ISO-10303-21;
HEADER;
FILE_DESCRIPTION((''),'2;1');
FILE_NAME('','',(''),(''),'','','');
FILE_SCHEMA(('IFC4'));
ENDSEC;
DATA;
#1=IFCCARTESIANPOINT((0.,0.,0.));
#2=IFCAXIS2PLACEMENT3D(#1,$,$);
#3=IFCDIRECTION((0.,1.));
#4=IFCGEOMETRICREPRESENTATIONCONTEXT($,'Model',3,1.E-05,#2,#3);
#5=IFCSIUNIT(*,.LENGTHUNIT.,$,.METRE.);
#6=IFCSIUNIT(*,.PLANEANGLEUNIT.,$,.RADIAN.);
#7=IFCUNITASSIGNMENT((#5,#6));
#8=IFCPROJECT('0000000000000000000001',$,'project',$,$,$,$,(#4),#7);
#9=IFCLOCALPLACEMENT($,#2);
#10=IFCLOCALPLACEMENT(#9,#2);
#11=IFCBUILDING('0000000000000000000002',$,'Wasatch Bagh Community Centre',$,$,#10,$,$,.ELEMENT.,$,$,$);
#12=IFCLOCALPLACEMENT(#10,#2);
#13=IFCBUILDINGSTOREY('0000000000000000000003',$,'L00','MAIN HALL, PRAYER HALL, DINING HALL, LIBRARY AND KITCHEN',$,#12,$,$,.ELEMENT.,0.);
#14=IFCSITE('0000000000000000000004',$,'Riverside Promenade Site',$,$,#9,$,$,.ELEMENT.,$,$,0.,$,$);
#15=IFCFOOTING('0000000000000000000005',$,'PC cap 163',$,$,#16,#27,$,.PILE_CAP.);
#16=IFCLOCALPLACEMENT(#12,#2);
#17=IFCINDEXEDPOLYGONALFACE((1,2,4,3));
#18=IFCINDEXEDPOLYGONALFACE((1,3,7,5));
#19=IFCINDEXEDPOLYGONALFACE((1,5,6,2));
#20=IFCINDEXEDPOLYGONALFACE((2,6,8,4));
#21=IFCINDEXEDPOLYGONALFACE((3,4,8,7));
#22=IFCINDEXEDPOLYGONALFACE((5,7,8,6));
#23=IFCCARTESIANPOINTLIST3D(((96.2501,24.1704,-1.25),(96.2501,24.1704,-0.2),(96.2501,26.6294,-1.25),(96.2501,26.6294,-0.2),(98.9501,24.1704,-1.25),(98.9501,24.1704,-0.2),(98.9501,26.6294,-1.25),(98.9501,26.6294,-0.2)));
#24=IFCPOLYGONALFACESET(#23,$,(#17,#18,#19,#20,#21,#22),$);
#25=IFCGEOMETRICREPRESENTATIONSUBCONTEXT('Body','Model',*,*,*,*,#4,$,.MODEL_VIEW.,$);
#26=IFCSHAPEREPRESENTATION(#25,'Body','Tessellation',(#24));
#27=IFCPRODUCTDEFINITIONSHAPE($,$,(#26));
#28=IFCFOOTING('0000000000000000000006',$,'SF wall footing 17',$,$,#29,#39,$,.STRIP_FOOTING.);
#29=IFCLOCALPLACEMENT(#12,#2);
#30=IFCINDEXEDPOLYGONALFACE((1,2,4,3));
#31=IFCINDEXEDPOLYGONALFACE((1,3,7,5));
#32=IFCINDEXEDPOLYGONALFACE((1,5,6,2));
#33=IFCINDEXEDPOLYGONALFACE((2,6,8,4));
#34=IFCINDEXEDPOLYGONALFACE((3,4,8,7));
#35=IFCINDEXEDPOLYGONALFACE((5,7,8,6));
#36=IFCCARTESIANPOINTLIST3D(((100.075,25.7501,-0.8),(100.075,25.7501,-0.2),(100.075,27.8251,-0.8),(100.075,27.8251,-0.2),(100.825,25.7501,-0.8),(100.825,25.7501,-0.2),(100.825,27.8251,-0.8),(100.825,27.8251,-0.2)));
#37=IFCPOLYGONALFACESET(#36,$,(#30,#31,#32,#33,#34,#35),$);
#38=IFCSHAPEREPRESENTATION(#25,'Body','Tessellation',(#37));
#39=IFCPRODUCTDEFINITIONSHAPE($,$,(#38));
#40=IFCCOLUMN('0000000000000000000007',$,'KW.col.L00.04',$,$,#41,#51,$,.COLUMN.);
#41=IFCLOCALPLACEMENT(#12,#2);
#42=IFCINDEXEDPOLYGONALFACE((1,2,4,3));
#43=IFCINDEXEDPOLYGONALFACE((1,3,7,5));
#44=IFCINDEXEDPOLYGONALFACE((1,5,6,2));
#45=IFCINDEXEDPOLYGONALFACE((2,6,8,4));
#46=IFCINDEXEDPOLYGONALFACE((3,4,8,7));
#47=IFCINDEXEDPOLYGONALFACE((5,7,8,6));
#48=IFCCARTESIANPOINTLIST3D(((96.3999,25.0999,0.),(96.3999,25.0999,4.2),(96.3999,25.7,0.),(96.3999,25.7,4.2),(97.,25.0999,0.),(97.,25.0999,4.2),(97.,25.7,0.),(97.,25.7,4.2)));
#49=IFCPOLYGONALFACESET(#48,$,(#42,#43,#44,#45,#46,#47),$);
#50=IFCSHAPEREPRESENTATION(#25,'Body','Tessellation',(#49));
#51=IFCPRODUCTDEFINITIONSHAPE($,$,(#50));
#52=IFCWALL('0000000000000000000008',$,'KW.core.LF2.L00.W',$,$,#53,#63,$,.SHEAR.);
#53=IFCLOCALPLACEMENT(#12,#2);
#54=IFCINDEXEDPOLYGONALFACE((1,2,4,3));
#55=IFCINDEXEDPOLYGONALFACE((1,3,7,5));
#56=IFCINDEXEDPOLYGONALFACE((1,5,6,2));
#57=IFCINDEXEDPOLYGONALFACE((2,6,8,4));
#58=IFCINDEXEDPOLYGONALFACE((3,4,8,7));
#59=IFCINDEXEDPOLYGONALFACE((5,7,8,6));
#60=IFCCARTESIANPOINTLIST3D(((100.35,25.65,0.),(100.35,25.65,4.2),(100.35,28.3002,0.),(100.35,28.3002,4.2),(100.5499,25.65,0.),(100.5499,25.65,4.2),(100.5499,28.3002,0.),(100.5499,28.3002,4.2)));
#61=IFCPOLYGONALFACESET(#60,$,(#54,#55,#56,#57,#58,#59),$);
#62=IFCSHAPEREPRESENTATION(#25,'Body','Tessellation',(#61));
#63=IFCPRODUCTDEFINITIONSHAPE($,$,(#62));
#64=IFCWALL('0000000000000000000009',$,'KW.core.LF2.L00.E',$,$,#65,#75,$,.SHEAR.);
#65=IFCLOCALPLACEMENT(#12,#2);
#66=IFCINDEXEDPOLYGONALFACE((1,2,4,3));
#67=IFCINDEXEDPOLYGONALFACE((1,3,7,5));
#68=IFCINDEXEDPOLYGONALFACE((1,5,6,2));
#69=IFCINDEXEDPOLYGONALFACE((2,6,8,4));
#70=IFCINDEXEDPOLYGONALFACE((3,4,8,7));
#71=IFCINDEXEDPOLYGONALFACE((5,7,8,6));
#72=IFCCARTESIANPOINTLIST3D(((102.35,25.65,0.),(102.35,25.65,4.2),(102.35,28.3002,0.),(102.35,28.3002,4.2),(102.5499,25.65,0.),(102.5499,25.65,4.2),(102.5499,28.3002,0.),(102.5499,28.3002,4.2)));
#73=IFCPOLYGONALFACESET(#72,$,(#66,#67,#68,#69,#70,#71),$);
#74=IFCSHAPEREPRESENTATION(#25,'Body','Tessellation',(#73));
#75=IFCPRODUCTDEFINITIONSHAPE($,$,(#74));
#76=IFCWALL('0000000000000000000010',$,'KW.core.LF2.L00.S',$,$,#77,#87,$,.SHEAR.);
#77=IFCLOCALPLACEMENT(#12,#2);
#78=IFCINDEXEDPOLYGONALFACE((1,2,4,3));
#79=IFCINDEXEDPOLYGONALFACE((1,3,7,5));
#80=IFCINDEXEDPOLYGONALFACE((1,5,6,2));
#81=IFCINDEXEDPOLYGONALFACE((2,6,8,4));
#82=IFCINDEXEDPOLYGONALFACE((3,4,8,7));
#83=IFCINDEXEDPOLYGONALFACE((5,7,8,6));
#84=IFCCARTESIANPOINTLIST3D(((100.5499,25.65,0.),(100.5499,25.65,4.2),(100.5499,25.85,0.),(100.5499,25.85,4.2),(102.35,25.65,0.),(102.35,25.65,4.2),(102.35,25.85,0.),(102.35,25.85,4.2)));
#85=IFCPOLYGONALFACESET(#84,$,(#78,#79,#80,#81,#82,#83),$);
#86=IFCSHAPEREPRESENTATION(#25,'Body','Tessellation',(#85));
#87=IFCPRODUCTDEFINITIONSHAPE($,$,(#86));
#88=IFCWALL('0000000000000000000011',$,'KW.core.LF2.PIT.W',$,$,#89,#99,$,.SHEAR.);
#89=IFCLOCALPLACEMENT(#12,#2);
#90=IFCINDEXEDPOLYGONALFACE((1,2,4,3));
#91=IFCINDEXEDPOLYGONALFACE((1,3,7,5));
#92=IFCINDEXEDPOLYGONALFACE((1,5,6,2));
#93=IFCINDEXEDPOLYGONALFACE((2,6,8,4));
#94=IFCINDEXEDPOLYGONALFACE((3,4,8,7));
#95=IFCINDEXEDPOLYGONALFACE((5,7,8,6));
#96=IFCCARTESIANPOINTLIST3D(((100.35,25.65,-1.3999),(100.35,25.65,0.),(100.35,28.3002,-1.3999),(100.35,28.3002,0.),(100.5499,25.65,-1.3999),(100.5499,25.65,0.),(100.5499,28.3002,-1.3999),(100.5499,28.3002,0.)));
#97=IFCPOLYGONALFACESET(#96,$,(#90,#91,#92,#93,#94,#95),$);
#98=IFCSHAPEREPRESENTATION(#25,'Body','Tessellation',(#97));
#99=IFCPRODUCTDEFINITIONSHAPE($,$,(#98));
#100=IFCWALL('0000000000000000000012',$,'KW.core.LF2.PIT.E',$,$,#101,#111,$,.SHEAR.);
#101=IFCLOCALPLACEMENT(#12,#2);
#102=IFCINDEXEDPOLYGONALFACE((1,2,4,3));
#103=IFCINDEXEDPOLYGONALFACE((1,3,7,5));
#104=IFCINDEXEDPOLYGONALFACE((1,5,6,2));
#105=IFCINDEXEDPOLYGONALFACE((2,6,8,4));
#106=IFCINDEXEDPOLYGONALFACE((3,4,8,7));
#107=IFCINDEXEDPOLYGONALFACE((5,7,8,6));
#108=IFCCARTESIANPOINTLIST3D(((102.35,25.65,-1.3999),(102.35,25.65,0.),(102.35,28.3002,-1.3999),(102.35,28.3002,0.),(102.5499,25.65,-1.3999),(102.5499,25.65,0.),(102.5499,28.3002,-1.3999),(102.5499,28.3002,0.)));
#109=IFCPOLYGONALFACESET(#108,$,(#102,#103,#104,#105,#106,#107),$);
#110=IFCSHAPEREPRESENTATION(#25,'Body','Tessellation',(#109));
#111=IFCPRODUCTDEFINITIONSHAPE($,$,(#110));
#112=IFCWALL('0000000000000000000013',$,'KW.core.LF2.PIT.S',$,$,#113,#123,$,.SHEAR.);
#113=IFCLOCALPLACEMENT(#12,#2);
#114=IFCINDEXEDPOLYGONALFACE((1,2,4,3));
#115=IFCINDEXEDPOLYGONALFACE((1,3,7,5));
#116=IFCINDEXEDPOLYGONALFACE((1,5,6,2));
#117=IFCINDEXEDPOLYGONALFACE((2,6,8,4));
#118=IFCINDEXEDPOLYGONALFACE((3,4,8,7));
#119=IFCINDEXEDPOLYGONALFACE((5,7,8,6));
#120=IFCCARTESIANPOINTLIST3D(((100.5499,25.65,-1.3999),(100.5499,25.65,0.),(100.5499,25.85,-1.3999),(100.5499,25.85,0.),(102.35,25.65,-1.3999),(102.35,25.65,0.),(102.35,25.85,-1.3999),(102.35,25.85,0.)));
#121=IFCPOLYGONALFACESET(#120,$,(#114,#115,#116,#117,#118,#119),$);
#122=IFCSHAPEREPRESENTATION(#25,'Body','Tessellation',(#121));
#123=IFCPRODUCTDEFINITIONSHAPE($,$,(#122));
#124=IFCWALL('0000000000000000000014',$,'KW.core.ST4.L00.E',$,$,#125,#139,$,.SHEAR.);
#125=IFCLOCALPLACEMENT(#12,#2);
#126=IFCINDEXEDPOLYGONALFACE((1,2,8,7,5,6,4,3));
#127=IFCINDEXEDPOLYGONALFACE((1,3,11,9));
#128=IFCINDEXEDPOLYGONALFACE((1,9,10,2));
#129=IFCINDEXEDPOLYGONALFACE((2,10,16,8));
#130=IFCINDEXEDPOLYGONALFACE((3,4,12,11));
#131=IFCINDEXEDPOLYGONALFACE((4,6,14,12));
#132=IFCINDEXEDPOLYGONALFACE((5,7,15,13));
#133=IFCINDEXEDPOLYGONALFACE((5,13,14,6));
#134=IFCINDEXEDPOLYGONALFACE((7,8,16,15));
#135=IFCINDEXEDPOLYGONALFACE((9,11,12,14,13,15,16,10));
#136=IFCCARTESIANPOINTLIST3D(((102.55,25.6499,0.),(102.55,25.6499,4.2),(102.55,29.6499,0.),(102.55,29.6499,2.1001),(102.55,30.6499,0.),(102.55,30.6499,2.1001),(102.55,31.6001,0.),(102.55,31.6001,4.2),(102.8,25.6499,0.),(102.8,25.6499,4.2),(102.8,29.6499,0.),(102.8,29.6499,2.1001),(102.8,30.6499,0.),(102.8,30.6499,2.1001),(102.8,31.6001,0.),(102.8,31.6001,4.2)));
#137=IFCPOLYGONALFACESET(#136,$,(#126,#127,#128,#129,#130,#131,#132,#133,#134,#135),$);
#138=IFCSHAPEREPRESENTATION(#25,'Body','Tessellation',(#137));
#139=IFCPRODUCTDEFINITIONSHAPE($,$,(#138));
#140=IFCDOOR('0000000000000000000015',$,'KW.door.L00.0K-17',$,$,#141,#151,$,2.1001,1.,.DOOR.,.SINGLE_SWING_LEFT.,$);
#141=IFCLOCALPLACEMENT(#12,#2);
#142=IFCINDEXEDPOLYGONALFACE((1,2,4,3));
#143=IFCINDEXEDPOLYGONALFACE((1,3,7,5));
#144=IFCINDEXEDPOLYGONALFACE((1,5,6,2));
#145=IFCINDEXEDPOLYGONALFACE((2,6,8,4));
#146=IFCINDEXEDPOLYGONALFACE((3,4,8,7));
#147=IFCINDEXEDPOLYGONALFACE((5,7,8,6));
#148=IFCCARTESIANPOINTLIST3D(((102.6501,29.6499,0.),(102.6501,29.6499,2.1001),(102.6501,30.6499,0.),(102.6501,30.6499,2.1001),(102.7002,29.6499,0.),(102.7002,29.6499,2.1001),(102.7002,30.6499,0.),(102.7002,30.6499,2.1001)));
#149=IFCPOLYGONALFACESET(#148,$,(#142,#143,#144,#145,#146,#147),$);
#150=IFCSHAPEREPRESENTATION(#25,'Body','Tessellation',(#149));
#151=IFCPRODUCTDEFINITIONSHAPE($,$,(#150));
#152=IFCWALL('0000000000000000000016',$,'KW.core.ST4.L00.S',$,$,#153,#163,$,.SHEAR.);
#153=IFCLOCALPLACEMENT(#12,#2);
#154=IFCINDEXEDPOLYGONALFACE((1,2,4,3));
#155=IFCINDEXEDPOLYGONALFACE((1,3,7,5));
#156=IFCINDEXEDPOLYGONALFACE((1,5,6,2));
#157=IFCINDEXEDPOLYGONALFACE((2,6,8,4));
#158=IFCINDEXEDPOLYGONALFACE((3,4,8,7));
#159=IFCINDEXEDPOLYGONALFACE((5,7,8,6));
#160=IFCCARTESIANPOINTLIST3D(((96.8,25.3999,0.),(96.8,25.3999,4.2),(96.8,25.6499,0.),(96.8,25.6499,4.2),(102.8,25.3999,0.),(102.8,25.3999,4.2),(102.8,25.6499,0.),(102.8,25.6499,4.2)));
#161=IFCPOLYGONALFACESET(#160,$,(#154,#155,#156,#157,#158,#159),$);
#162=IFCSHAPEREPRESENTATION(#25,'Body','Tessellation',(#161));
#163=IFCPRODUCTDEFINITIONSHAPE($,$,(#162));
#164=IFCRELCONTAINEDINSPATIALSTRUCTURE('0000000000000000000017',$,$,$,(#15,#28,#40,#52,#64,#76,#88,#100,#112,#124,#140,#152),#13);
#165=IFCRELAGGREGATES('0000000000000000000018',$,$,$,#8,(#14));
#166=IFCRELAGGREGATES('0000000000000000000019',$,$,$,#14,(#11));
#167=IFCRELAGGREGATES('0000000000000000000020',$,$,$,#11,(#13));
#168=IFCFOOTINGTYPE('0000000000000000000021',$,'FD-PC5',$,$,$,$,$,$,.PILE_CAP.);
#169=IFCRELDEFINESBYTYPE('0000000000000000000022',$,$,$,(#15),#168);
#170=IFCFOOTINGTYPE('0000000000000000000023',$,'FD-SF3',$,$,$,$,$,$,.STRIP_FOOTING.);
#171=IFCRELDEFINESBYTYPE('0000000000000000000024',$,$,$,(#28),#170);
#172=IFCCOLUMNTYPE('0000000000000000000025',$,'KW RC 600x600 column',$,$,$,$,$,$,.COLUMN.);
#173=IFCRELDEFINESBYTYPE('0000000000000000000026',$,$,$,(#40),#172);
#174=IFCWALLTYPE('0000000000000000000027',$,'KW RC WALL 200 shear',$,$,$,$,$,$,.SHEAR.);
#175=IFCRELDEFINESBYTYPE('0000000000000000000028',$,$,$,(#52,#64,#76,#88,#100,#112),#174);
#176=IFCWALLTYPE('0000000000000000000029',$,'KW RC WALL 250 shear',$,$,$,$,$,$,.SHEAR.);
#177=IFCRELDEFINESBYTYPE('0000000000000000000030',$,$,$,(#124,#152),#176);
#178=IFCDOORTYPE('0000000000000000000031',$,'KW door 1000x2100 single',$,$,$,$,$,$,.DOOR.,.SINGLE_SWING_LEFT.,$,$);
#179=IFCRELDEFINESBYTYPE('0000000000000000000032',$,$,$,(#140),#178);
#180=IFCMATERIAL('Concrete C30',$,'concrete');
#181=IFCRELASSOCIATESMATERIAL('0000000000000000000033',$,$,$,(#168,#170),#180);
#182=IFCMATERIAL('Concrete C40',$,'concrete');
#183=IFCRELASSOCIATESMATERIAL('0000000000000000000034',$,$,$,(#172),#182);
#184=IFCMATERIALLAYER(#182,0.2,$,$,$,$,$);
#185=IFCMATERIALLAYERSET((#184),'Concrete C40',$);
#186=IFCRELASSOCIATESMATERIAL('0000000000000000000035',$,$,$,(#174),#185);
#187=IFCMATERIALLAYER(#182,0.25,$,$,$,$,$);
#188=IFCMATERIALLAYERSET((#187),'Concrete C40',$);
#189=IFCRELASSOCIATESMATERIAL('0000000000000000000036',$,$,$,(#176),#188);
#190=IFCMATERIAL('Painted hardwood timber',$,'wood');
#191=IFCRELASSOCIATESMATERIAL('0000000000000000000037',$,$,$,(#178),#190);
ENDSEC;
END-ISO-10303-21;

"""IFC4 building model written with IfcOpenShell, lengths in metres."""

from ifc_helpers import new_model, si_unit, direction, frame, frame_2d, origin, origin_2d, place, context, subcontext, project, spatial, rectangle, extrude, material, layer, layer_set, material_profile, profile_set, type_object, element, fill, save


model = new_model("IFC4")

# Units and contexts
model_context = context("Model", 3, precision=1e-05, world=origin(), true_north=direction((0.0, 1.0)))
body_context = subcontext(model_context, "Body", "Model", "MODEL_VIEW")
ifc_project = project(units=[si_unit("LENGTHUNIT", "METRE"), si_unit("PLANEANGLEUNIT", "RADIAN")], contexts=[model_context])

# Site, building, storey
site_placement = place(None, origin())
site = spatial("IfcSite", under=ifc_project, at=site_placement, Name="Riverside Promenade Site", CompositionType="ELEMENT", RefElevation=0.0)
building_placement = place(site_placement, origin())
building = spatial("IfcBuilding", under=site, at=building_placement, Name="Wasatch Bagh Community Centre", CompositionType="ELEMENT")
storey_placement = place(building_placement, origin())
storey = spatial("IfcBuildingStorey", under=building, at=storey_placement, Name="L00", Description="MAIN HALL, PRAYER HALL, DINING HALL, LIBRARY AND KITCHEN", CompositionType="ELEMENT", Elevation=0.0)

# Shared definitions
ifc_material_1 = material(Name="Concrete C30", Category="concrete")

# Footings
footing_type_1 = type_object("IfcFootingType", Name="FD-PC5", PredefinedType="PILE_CAP", material=ifc_material_1)
footing_1_placement = place(storey_placement, frame((97.6001, 25.3999, -1.25), z_axis=(0.0, 0.0, 1.0), x_axis=(1.0, 0.0, 0.0)))
element("IfcFooting", 1, at=footing_1_placement, inside=storey, type_object=footing_type_1, Name="PC cap 163", PredefinedType="PILE_CAP", context=body_context, shape_type="SweptSolid", body=[
    extrude(rectangle(XDim=2.7, YDim=2.459, at=origin_2d()), origin(), (0.0, 0.0, 1.0), 1.05),
])
footing_type_2 = type_object("IfcFootingType", Name="FD-SF3", PredefinedType="STRIP_FOOTING", material=ifc_material_1)
footing_2_placement = place(storey_placement, frame((100.45, 26.7876, -0.8), z_axis=(0.0, 0.0, 1.0), x_axis=(0.0, 1.0, 0.0)))
element("IfcFooting", 2, at=footing_2_placement, inside=storey, type_object=footing_type_2, Name="SF wall footing 17", PredefinedType="STRIP_FOOTING", context=body_context, shape_type="SweptSolid", body=[
    extrude(rectangle(XDim=2.075, YDim=0.75, at=origin_2d()), origin(), (0.0, 0.0, 1.0), 0.6001),
])

# Column
ifc_material_2 = material(Name="Concrete C40", Category="concrete")
ifc_material_profile_1 = material_profile(ifc_material_2, rectangle(XDim=0.6001, YDim=0.6001, at=origin_2d()), Name="RC 600x600")
ifc_profile_set_1 = profile_set([ifc_material_profile_1], Name="Concrete C40")
column_type = type_object("IfcColumnType", Name="KW RC 600x600 column", PredefinedType="COLUMN", material=ifc_profile_set_1)
column_placement = place(storey_placement, frame((96.7, 25.3999, 0.0), z_axis=(0.0, 0.0, 1.0), x_axis=(1.0, 0.0, 0.0)))
element("IfcColumn", 3, at=column_placement, inside=storey, type_object=column_type, Name="KW.col.L00.04", PredefinedType="COLUMN", context=body_context, shape_type="SweptSolid", body=[
    extrude(rectangle(XDim=0.6001, YDim=0.6001, at=origin_2d()), origin(), (0.0, 0.0, 1.0), 4.2),
])

# Walls
ifc_layer_1 = layer(ifc_material_2, 0.2)
ifc_layer_set_1 = layer_set([ifc_layer_1], Name="Concrete C40")
wall_type_1 = type_object("IfcWallType", Name="KW RC WALL 200 shear", PredefinedType="SHEAR", material=ifc_layer_set_1)
for number, where, z_axis, x_axis, name in (
    (4, (100.45, 25.6499, 0.0), (0.0, 0.0, 1.0), (0.0, 1.0, 0.0), "KW.core.LF2.L00.W"),
    (5, (102.45, 25.6499, 0.0), (0.0, 0.0, 1.0), (0.0, 1.0, 0.0), "KW.core.LF2.L00.E"),
):
    element("IfcWall", number, at=place(storey_placement, frame(where, z_axis=z_axis, x_axis=x_axis)), inside=storey, type_object=wall_type_1, Name=name, PredefinedType="SHEAR", context=body_context, shape_type="SweptSolid", body=[
        extrude(rectangle(XDim=2.6501, YDim=0.2, at=frame_2d((1.3252, 0.0))), origin(), (0.0, 0.0, 1.0), 4.2),
    ])
wall_1_placement = place(storey_placement, frame((100.55, 25.75, 0.0), z_axis=(0.0, 0.0, 1.0), x_axis=(1.0, 0.0, 0.0)))
element("IfcWall", 6, at=wall_1_placement, inside=storey, type_object=wall_type_1, Name="KW.core.LF2.L00.S", PredefinedType="SHEAR", context=body_context, shape_type="SweptSolid", body=[
    extrude(rectangle(XDim=1.8, YDim=0.2, at=frame_2d((0.8999, 0.0))), origin(), (0.0, 0.0, 1.0), 4.2),
])
for number, where, z_axis, x_axis, name in (
    (7, (100.45, 25.6499, -1.3999), (0.0, 0.0, 1.0), (0.0, 1.0, 0.0), "KW.core.LF2.PIT.W"),
    (8, (102.45, 25.6499, -1.3999), (0.0, 0.0, 1.0), (0.0, 1.0, 0.0), "KW.core.LF2.PIT.E"),
):
    element("IfcWall", number, at=place(storey_placement, frame(where, z_axis=z_axis, x_axis=x_axis)), inside=storey, type_object=wall_type_1, Name=name, PredefinedType="SHEAR", context=body_context, shape_type="SweptSolid", body=[
        extrude(rectangle(XDim=2.6501, YDim=0.2, at=frame_2d((1.3252, 0.0))), origin(), (0.0, 0.0, 1.0), 1.3999),
    ])
wall_2_placement = place(storey_placement, frame((100.55, 25.75, -1.3999), z_axis=(0.0, 0.0, 1.0), x_axis=(1.0, 0.0, 0.0)))
element("IfcWall", 9, at=wall_2_placement, inside=storey, type_object=wall_type_1, Name="KW.core.LF2.PIT.S", PredefinedType="SHEAR", context=body_context, shape_type="SweptSolid", body=[
    extrude(rectangle(XDim=1.8, YDim=0.2, at=frame_2d((0.8999, 0.0))), origin(), (0.0, 0.0, 1.0), 1.3999),
])

# Wall, opening, door
ifc_layer_2 = layer(ifc_material_2, 0.25)
ifc_layer_set_2 = layer_set([ifc_layer_2], Name="Concrete C40")
wall_type_2 = type_object("IfcWallType", Name="KW RC WALL 250 shear", PredefinedType="SHEAR", material=ifc_layer_set_2)
wall_3_placement = place(storey_placement, frame((102.675, 25.6499, 0.0), z_axis=(0.0, 0.0, 1.0), x_axis=(0.0, 1.0, 0.0)))
wall_3 = element("IfcWall", 10, at=wall_3_placement, inside=storey, type_object=wall_type_2, Name="KW.core.ST4.L00.E", PredefinedType="SHEAR", context=body_context, shape_type="SweptSolid", body=[
    extrude(rectangle(XDim=5.9502, YDim=0.25, at=frame_2d((2.9751, 0.0))), origin(), (0.0, 0.0, 1.0), 4.2),
])
opening_placement = place(wall_3_placement, frame((4.0, 0.0, 0.0)))
opening = element("IfcOpeningElement", 11, at=opening_placement, cuts=wall_3, PredefinedType="OPENING", context=body_context, shape_type="SweptSolid", body=[
    extrude(rectangle(XDim=1.0, YDim=2.1001, at=frame_2d((0.5, 1.05))), frame((0.0, 0.135, 0.0), z_axis=(0.0, -1.0, 0.0), x_axis=(1.0, 0.0, 0.0)), (0.0, 0.0, 1.0), 0.27),
])
ifc_material_3 = material(Name="Painted hardwood timber", Category="wood")
door_type = type_object("IfcDoorType", Name="KW door 1000x2100 single", OperationType="SINGLE_SWING_LEFT", PredefinedType="DOOR", material=ifc_material_3)
door_placement = place(opening_placement, origin())
door = element("IfcDoor", 12, at=door_placement, inside=storey, type_object=door_type, Name="KW.door.L00.0K-17", OperationType="SINGLE_SWING_LEFT", OverallHeight=2.1001, OverallWidth=1.0, PredefinedType="DOOR", context=body_context, shape_type="SweptSolid", body=[
    extrude(rectangle(XDim=1.0, YDim=2.1001, at=frame_2d((0.5, 1.05))), frame((0.0, 0.0249, 0.0), z_axis=(0.0, -1.0, 0.0), x_axis=(1.0, 0.0, 0.0)), (0.0, 0.0, 1.0), 0.05),
])
fill(opening, door)

# Wall
wall_4_placement = place(storey_placement, frame((96.8, 25.5249, 0.0), z_axis=(0.0, 0.0, 1.0), x_axis=(1.0, 0.0, 0.0)))
element("IfcWall", 13, at=wall_4_placement, inside=storey, type_object=wall_type_2, Name="KW.core.ST4.L00.S", PredefinedType="SHEAR", context=body_context, shape_type="SweptSolid", body=[
    extrude(rectangle(XDim=6.0, YDim=0.25, at=frame_2d((3.0, 0.0))), origin(), (0.0, 0.0, 1.0), 4.2),
])

save(model, "model.ifc")
